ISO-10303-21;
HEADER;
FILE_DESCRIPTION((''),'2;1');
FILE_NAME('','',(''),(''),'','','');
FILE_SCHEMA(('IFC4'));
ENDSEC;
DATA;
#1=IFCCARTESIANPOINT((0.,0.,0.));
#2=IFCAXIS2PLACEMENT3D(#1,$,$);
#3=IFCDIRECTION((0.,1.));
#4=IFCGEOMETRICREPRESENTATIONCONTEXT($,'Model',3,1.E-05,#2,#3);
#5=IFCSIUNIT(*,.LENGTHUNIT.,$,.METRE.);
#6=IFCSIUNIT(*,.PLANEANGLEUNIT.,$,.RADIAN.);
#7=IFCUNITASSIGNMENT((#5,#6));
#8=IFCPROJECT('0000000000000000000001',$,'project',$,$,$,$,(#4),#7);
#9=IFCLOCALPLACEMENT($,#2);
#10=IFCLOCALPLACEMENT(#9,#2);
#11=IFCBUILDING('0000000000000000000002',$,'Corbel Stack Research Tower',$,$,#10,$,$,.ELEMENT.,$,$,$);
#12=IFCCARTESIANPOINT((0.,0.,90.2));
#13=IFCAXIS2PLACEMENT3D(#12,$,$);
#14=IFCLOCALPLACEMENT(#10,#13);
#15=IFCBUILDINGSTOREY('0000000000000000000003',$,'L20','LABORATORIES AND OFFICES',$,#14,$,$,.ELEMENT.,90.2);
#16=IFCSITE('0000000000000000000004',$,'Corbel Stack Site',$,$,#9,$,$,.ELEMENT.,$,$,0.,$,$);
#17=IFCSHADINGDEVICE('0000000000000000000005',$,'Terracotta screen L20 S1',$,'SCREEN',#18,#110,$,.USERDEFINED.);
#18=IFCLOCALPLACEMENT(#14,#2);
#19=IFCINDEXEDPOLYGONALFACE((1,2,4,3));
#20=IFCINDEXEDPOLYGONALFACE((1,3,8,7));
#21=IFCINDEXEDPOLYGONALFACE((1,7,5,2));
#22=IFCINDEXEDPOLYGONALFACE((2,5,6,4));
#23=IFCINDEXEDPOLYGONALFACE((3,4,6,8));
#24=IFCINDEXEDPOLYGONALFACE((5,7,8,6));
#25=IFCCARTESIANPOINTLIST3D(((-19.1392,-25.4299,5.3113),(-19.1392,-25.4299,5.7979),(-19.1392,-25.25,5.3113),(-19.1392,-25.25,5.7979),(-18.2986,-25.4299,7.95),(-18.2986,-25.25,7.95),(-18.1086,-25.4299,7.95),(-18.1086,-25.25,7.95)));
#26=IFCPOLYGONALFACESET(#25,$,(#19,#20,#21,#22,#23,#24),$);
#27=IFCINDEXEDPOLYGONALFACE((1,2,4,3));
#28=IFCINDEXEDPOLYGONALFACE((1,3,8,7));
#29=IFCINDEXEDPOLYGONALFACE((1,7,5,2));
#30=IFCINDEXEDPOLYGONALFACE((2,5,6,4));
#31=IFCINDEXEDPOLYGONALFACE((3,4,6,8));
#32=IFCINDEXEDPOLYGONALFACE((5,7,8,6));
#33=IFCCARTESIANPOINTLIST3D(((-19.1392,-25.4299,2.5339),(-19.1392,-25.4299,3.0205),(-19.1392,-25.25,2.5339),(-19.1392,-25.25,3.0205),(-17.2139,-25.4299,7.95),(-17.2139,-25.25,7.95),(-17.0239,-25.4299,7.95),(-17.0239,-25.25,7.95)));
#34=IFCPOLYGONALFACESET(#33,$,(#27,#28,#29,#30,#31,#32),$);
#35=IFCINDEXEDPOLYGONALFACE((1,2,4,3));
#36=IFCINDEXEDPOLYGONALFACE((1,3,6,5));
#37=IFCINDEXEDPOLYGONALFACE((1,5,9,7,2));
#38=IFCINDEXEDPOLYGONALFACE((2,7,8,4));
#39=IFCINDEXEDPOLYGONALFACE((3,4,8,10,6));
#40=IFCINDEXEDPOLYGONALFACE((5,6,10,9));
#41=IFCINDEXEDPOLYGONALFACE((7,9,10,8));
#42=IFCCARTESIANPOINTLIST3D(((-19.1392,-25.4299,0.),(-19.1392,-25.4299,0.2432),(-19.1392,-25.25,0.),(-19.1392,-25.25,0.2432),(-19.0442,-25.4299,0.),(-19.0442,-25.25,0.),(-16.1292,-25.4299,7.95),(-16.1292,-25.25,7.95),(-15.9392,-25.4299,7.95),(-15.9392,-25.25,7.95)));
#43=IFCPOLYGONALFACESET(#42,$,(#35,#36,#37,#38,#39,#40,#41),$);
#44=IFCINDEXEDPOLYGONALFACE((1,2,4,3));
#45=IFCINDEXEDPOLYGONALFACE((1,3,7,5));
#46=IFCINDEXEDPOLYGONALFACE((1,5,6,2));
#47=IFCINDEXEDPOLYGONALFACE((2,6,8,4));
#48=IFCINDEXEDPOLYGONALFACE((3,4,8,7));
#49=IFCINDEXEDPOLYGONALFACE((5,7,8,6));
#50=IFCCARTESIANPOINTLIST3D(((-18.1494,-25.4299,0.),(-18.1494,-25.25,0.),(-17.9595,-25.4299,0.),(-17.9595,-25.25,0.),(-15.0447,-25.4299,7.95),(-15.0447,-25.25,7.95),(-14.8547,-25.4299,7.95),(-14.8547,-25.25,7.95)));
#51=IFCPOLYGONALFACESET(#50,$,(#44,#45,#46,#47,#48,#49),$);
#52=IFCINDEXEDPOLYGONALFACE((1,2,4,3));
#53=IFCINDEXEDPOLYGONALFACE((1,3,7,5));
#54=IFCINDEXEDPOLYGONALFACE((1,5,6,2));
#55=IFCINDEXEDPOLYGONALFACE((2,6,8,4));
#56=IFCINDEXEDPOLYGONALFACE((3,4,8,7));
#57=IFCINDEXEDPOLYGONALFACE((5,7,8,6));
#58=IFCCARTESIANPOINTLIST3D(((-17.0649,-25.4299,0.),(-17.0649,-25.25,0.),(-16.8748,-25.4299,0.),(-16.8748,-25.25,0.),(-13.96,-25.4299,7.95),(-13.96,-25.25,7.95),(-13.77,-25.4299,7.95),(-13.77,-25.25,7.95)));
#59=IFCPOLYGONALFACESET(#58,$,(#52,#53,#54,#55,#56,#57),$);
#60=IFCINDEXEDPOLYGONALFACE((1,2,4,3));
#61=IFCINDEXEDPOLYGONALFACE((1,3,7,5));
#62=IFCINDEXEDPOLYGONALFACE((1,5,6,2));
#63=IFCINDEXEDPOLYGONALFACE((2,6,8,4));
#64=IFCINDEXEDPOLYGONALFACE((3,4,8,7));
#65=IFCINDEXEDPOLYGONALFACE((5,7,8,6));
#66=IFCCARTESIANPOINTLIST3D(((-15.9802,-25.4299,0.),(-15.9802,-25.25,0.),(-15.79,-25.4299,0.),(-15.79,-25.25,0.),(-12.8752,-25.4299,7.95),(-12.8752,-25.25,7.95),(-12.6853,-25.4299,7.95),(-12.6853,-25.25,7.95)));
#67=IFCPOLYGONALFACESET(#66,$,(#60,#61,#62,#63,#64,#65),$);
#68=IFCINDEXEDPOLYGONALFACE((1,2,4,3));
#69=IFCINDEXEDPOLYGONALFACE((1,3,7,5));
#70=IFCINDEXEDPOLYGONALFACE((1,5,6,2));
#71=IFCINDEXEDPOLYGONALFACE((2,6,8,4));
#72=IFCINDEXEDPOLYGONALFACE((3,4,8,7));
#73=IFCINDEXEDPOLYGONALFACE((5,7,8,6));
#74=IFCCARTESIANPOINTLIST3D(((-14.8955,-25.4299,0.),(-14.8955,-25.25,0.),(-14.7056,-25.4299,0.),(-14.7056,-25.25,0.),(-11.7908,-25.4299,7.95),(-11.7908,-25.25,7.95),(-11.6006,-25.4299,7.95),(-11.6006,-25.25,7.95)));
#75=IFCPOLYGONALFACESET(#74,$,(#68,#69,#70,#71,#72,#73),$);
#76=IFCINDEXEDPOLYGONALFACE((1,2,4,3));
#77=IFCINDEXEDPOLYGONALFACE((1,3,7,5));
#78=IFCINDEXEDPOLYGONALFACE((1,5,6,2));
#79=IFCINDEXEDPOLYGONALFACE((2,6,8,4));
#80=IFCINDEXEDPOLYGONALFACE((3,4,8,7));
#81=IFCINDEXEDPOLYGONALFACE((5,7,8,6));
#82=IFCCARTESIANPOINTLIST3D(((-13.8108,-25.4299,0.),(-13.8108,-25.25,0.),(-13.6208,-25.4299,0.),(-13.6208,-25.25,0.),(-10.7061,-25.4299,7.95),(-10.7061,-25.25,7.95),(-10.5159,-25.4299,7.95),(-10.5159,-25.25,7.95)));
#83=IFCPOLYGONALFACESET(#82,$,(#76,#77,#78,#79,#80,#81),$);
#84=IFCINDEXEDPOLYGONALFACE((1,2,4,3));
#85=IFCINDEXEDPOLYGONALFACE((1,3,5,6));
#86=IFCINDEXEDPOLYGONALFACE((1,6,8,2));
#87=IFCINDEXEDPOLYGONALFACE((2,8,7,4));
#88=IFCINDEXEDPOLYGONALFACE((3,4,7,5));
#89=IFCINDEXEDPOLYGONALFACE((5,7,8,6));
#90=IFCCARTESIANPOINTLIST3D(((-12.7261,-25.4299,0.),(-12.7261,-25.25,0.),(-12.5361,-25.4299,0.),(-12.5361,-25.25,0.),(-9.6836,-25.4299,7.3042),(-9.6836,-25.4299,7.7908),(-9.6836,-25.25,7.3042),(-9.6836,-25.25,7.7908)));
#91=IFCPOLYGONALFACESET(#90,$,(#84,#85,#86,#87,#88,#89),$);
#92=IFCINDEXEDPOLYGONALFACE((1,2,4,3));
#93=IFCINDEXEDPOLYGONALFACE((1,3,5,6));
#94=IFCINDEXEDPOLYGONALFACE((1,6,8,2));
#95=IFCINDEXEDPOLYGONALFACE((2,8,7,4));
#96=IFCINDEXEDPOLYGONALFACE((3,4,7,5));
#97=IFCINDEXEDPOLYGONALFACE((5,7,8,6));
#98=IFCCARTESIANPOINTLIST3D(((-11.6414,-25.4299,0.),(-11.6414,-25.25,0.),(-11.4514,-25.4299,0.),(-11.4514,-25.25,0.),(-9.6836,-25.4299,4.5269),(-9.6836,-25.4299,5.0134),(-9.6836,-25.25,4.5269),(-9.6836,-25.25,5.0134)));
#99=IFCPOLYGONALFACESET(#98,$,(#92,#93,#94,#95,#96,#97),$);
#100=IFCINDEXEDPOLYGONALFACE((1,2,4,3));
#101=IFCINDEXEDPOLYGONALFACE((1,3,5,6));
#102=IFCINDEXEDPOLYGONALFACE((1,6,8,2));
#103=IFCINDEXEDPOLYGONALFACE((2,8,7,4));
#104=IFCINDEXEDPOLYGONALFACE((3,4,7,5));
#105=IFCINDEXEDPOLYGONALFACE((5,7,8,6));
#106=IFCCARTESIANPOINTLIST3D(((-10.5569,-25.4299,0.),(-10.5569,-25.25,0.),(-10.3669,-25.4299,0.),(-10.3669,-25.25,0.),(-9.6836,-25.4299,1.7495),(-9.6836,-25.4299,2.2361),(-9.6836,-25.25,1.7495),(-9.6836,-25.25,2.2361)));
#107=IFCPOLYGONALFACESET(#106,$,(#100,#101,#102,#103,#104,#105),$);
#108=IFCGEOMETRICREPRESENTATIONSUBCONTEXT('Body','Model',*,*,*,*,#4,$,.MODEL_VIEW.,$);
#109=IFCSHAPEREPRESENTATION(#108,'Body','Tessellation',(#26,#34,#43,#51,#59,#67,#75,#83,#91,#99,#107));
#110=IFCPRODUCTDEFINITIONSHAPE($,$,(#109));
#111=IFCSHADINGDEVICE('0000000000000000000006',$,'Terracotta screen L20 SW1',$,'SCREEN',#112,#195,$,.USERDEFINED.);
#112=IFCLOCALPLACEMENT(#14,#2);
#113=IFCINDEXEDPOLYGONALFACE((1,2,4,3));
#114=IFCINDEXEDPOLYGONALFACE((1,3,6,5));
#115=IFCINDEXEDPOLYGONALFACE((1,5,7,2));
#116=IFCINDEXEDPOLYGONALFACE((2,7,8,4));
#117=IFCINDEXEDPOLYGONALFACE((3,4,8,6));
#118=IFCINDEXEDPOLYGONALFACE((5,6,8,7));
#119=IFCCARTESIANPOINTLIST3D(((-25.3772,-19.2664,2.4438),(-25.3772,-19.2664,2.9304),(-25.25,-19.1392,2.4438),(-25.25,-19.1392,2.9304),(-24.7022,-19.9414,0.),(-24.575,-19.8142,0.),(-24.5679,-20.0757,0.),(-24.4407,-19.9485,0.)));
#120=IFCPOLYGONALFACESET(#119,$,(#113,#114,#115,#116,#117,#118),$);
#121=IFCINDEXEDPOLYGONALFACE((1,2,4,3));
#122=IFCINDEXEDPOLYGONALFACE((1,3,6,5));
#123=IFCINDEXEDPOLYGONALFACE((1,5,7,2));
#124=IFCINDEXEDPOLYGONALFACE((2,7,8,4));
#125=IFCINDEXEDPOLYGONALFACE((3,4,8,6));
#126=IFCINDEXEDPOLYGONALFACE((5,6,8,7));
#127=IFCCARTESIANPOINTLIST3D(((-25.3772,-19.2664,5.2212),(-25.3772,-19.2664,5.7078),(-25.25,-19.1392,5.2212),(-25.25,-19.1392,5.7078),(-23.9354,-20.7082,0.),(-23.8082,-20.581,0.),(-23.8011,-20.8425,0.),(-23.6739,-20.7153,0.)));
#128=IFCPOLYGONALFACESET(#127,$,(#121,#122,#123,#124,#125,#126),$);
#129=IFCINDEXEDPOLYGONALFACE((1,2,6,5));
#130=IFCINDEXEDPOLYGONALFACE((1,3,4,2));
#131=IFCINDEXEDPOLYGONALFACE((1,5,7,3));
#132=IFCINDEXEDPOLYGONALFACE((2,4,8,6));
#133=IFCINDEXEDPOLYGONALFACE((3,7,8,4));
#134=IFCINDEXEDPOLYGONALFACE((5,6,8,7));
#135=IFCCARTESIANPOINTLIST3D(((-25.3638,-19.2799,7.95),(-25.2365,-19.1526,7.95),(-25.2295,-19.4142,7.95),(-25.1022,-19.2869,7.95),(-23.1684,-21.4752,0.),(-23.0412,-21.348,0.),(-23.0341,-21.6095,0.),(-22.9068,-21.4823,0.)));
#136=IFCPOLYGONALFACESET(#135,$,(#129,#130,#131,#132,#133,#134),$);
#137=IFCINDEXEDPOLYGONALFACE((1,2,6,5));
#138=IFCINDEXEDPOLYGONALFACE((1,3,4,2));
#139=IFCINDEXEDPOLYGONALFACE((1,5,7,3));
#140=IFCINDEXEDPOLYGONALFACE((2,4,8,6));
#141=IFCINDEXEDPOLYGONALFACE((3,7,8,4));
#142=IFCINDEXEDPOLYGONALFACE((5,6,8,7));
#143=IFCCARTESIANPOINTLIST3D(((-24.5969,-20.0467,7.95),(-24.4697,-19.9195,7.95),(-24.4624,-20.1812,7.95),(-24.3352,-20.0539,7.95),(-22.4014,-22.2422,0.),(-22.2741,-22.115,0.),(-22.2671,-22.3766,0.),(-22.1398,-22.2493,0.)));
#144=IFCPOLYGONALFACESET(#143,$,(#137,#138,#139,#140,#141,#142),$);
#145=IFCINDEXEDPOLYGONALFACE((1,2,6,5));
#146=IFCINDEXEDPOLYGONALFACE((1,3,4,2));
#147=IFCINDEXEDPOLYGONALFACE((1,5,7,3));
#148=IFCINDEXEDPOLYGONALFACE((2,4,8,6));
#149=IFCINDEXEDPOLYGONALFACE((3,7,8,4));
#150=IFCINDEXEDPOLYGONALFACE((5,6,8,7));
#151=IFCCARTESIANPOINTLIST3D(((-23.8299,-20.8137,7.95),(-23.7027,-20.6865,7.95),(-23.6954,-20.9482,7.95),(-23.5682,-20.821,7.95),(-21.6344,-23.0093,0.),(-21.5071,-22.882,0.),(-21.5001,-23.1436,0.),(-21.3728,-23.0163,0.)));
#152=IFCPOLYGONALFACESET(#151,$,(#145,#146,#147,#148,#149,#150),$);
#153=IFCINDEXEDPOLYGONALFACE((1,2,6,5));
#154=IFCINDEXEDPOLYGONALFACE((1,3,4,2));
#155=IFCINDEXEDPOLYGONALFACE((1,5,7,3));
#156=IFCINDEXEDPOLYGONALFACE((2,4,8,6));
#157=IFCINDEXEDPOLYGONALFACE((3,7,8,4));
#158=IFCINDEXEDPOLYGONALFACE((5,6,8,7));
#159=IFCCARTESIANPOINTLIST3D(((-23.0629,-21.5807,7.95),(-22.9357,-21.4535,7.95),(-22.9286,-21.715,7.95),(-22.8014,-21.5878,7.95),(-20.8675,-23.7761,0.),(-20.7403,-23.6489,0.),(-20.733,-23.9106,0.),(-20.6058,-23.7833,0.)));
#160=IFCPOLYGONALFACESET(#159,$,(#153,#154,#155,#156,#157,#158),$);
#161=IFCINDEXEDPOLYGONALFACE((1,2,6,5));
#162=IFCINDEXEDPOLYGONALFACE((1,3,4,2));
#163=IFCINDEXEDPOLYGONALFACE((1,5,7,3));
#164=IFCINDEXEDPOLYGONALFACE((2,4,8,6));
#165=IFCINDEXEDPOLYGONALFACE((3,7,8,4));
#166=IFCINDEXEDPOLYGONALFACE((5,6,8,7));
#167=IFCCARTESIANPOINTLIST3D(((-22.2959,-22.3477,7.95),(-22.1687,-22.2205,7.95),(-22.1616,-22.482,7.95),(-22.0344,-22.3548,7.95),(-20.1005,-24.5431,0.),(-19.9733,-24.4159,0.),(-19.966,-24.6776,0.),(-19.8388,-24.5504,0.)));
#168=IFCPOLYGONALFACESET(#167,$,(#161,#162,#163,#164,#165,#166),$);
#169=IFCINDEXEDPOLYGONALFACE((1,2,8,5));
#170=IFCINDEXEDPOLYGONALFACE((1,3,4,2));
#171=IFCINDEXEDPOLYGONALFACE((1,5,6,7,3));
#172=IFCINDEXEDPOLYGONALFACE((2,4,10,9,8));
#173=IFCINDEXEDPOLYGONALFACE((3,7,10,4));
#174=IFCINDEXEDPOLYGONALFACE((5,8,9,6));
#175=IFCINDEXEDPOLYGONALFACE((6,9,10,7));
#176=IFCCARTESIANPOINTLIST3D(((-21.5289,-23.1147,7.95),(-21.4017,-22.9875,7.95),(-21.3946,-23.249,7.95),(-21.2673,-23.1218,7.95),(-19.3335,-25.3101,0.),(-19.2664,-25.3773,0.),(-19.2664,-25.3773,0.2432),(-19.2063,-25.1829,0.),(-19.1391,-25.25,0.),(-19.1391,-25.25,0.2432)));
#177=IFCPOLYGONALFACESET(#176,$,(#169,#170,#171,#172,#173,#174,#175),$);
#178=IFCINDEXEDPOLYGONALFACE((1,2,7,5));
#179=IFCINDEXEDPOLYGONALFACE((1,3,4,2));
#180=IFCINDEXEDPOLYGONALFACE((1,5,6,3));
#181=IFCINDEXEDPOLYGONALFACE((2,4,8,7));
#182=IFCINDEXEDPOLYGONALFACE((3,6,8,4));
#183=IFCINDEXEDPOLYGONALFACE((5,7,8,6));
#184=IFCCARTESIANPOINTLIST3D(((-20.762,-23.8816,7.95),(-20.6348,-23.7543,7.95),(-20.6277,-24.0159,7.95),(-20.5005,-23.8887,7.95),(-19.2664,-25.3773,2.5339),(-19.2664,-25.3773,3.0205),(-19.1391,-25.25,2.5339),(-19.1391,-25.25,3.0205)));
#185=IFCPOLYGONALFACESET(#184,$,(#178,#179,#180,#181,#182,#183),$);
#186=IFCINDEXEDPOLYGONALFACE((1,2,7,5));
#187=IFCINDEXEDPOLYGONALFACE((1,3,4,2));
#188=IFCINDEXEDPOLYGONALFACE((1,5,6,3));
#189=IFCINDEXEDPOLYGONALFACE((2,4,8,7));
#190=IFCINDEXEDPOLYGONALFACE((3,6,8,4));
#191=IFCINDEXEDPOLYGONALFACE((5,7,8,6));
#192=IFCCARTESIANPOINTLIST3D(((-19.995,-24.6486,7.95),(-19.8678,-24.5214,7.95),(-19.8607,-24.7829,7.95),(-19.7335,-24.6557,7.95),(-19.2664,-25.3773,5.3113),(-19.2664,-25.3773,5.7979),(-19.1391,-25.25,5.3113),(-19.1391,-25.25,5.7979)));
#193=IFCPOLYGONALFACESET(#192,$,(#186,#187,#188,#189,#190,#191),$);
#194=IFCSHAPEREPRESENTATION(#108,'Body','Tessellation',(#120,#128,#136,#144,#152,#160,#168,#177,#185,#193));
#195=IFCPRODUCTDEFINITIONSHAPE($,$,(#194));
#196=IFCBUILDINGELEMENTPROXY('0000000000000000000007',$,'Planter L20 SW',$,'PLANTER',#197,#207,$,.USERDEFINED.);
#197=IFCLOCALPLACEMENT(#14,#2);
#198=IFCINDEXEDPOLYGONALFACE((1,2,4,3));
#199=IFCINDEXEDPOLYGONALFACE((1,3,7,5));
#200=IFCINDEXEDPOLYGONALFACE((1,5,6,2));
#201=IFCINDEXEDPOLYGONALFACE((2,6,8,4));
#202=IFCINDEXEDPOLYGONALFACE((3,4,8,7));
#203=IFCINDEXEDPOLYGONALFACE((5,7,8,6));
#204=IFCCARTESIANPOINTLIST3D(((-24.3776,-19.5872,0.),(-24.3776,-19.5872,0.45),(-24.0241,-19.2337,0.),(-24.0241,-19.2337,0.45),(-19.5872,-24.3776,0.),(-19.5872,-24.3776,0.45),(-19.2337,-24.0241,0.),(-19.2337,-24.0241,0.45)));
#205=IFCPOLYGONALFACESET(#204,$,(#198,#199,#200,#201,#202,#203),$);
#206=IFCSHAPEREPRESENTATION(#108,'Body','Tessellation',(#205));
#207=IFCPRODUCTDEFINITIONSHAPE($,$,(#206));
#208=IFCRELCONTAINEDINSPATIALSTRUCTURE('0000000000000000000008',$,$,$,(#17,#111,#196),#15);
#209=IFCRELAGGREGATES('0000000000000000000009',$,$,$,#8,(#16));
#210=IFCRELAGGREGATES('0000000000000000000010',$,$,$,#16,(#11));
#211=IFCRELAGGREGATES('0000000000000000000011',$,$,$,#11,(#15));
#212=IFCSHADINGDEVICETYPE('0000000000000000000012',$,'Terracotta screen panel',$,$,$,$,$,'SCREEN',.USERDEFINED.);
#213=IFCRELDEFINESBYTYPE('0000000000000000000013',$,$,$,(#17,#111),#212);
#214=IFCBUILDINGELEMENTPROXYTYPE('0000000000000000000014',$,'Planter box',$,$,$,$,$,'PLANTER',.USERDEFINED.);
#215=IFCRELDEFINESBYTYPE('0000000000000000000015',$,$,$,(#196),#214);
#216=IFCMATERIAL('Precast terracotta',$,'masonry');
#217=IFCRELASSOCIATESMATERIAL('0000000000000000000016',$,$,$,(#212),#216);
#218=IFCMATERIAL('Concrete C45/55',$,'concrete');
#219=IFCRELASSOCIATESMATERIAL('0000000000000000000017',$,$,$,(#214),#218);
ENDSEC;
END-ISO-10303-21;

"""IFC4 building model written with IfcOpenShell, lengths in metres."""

from ifc_helpers import new_model, si_unit, direction, frame, origin, origin_2d, place, context, subcontext, project, spatial, polyline, rectangle, outline, extrude, source, transform, mapped, material, type_object, element, save


model = new_model("IFC4")

# Units and contexts
model_context = context("Model", 3, precision=1e-05, world=origin(), true_north=direction((0.0, 1.0)))
body_context = subcontext(model_context, "Body", "Model", "MODEL_VIEW")
ifc_project = project(units=[si_unit("LENGTHUNIT", "METRE"), si_unit("PLANEANGLEUNIT", "RADIAN")], contexts=[model_context])

# Site, building, storey
site_placement = place(None, origin())
site = spatial("IfcSite", under=ifc_project, at=site_placement, Name="Corbel Stack Site", CompositionType="ELEMENT", RefElevation=0.0)
building_placement = place(site_placement, origin())
building = spatial("IfcBuilding", under=site, at=building_placement, Name="Corbel Stack Research Tower", CompositionType="ELEMENT")
storey_placement = place(building_placement, frame((0.0, 0.0, 90.2)))
storey = spatial("IfcBuildingStorey", under=building, at=storey_placement, Name="L20", Description="LABORATORIES AND OFFICES", CompositionType="ELEMENT", Elevation=90.2)

# Shading devices
ifc_material_1 = material(Name="Precast terracotta", Category="masonry")
shading_device_type = type_object("IfcShadingDeviceType", Name="Terracotta screen panel", ElementType="SCREEN", PredefinedType="USERDEFINED", material=ifc_material_1)
shared_shape_1 = source(origin(), body_context, "Body", "SweptSolid", [
    extrude(outline(polyline([(1.0305, 7.95), (0.8406, 7.95), (0.0, 5.7979), (0.0, 5.3113), (1.0305, 7.95)])), frame((0.0, 0.0, 0.0), z_axis=(0.0, -1.0, 0.0), x_axis=(1.0, 0.0, 0.0)), (0.0, 0.0, 1.0), 0.1799),
    extrude(outline(polyline([(2.1152, 7.95), (1.9253, 7.95), (0.0, 3.0205), (0.0, 2.5339), (2.1152, 7.95)])), frame((0.0, 0.0, 0.0), z_axis=(0.0, -1.0, 0.0), x_axis=(1.0, 0.0, 0.0)), (0.0, 0.0, 1.0), 0.1799),
    extrude(outline(polyline([(0.095, 0.0), (3.2, 7.95), (3.01, 7.95), (0.0, 0.2432), (0.0, 0.0), (0.095, 0.0)])), frame((0.0, 0.0, 0.0), z_axis=(0.0, -1.0, 0.0), x_axis=(1.0, 0.0, 0.0)), (0.0, 0.0, 1.0), 0.1799),
    extrude(outline(polyline([(1.1797, 0.0), (4.2844, 7.95), (4.0945, 7.95), (0.9897, 0.0), (1.1797, 0.0)])), frame((0.0, 0.0, 0.0), z_axis=(0.0, -1.0, 0.0), x_axis=(1.0, 0.0, 0.0)), (0.0, 0.0, 1.0), 0.1799),
    extrude(outline(polyline([(2.2644, 0.0), (5.3691, 7.95), (5.1792, 7.95), (2.0742, 0.0), (2.2644, 0.0)])), frame((0.0, 0.0, 0.0), z_axis=(0.0, -1.0, 0.0), x_axis=(1.0, 0.0, 0.0)), (0.0, 0.0, 1.0), 0.1799),
    extrude(outline(polyline([(3.3491, 0.0), (6.4539, 7.95), (6.2639, 7.95), (3.1589, 0.0), (3.3491, 0.0)])), frame((0.0, 0.0, 0.0), z_axis=(0.0, -1.0, 0.0), x_axis=(1.0, 0.0, 0.0)), (0.0, 0.0, 1.0), 0.1799),
    extrude(outline(polyline([(4.4336, 0.0), (7.5386, 7.95), (7.3484, 7.95), (4.2437, 0.0), (4.4336, 0.0)])), frame((0.0, 0.0, 0.0), z_axis=(0.0, -1.0, 0.0), x_axis=(1.0, 0.0, 0.0)), (0.0, 0.0, 1.0), 0.1799),
    extrude(outline(polyline([(5.5183, 0.0), (8.6233, 7.95), (8.4331, 7.95), (5.3284, 0.0), (5.5183, 0.0)])), frame((0.0, 0.0, 0.0), z_axis=(0.0, -1.0, 0.0), x_axis=(1.0, 0.0, 0.0)), (0.0, 0.0, 1.0), 0.1799),
    extrude(outline(polyline([(6.603, 0.0), (9.4556, 7.3042), (9.4556, 7.7908), (6.4131, 0.0), (6.603, 0.0)])), frame((0.0, 0.0, 0.0), z_axis=(0.0, -1.0, 0.0), x_axis=(1.0, 0.0, 0.0)), (0.0, 0.0, 1.0), 0.1799),
    extrude(outline(polyline([(7.6877, 0.0), (9.4556, 4.5269), (9.4556, 5.0134), (7.4978, 0.0), (7.6877, 0.0)])), frame((0.0, 0.0, 0.0), z_axis=(0.0, -1.0, 0.0), x_axis=(1.0, 0.0, 0.0)), (0.0, 0.0, 1.0), 0.1799),
    extrude(outline(polyline([(8.7722, 0.0), (9.4556, 1.7495), (9.4556, 2.2361), (8.5823, 0.0), (8.7722, 0.0)])), frame((0.0, 0.0, 0.0), z_axis=(0.0, -1.0, 0.0), x_axis=(1.0, 0.0, 0.0)), (0.0, 0.0, 1.0), 0.1799),
])
shading_device_1_placement = place(storey_placement, frame((-19.1392, -25.25, 0.0), z_axis=(0.0, 0.0, 1.0), x_axis=(1.0, 0.0, 0.0)))
element("IfcShadingDevice", 1, at=shading_device_1_placement, inside=storey, type_object=shading_device_type, Name="Terracotta screen L20 S1", ObjectType="SCREEN", PredefinedType="USERDEFINED", context=body_context, shape_type="MappedRepresentation", body=[
    mapped(shared_shape_1, transform((0.0, 0.0, 0.0))),
])
shared_shape_2 = source(origin(), body_context, "Body", "SweptSolid", [
    extrude(outline(polyline([(1.1445, 0.0), (0.0, 2.9304), (0.0, 2.4438), (0.9546, 0.0), (1.1445, 0.0)])), frame((0.0, 0.0, 0.0), z_axis=(0.0, -1.0, 0.0), x_axis=(1.0, 0.0, 0.0)), (0.0, 0.0, 1.0), 0.1799),
    extrude(outline(polyline([(2.229, 0.0), (0.0, 5.7078), (0.0, 5.2212), (2.0391, 0.0), (2.229, 0.0)])), frame((0.0, 0.0, 0.0), z_axis=(0.0, -1.0, 0.0), x_axis=(1.0, 0.0, 0.0)), (0.0, 0.0, 1.0), 0.1799),
    extrude(outline(polyline([(3.3137, 0.0), (0.209, 7.95), (0.019, 7.95), (3.1238, 0.0), (3.3137, 0.0)])), frame((0.0, 0.0, 0.0), z_axis=(0.0, -1.0, 0.0), x_axis=(1.0, 0.0, 0.0)), (0.0, 0.0, 1.0), 0.1799),
    extrude(outline(polyline([(4.3984, 0.0), (1.2937, 7.95), (1.1035, 7.95), (4.2085, 0.0), (4.3984, 0.0)])), frame((0.0, 0.0, 0.0), z_axis=(0.0, -1.0, 0.0), x_axis=(1.0, 0.0, 0.0)), (0.0, 0.0, 1.0), 0.1799),
    extrude(outline(polyline([(5.4832, 0.0), (2.3784, 7.95), (2.1882, 7.95), (5.2932, 0.0), (5.4832, 0.0)])), frame((0.0, 0.0, 0.0), z_axis=(0.0, -1.0, 0.0), x_axis=(1.0, 0.0, 0.0)), (0.0, 0.0, 1.0), 0.1799),
    extrude(outline(polyline([(6.5679, 0.0), (3.4629, 7.95), (3.2729, 7.95), (6.3777, 0.0), (6.5679, 0.0)])), frame((0.0, 0.0, 0.0), z_axis=(0.0, -1.0, 0.0), x_axis=(1.0, 0.0, 0.0)), (0.0, 0.0, 1.0), 0.1799),
    extrude(outline(polyline([(7.6526, 0.0), (4.5476, 7.95), (4.3577, 7.95), (7.4624, 0.0), (7.6526, 0.0)])), frame((0.0, 0.0, 0.0), z_axis=(0.0, -1.0, 0.0), x_axis=(1.0, 0.0, 0.0)), (0.0, 0.0, 1.0), 0.1799),
    extrude(outline(polyline([(8.6421, 0.0), (8.6421, 0.2432), (5.6323, 7.95), (5.4424, 7.95), (8.5471, 0.0), (8.6421, 0.0)])), frame((0.0, 0.0, 0.0), z_axis=(0.0, -1.0, 0.0), x_axis=(1.0, 0.0, 0.0)), (0.0, 0.0, 1.0), 0.1799),
    extrude(outline(polyline([(6.7168, 7.95), (6.5269, 7.95), (8.6421, 2.5339), (8.6421, 3.0205), (6.7168, 7.95)])), frame((0.0, 0.0, 0.0), z_axis=(0.0, -1.0, 0.0), x_axis=(1.0, 0.0, 0.0)), (0.0, 0.0, 1.0), 0.1799),
    extrude(outline(polyline([(7.8015, 7.95), (7.6116, 7.95), (8.6421, 5.3113), (8.6421, 5.7979), (7.8015, 7.95)])), frame((0.0, 0.0, 0.0), z_axis=(0.0, -1.0, 0.0), x_axis=(1.0, 0.0, 0.0)), (0.0, 0.0, 1.0), 0.1799),
])
shading_device_2_placement = place(storey_placement, frame((-25.25, -19.1392, 0.0), z_axis=(0.0, 0.0, 1.0), x_axis=(0.707107, -0.707107, 0.0)))
element("IfcShadingDevice", 2, at=shading_device_2_placement, inside=storey, type_object=shading_device_type, Name="Terracotta screen L20 SW1", ObjectType="SCREEN", PredefinedType="USERDEFINED", context=body_context, shape_type="MappedRepresentation", body=[
    mapped(shared_shape_2, transform((0.0, 0.0, 0.0))),
])

# Building element proxy
ifc_material_2 = material(Name="Concrete C45/55", Category="concrete")
building_element_proxy_type = type_object("IfcBuildingElementProxyType", Name="Planter box", ElementType="PLANTER", PredefinedType="USERDEFINED", material=ifc_material_2)
proxy_placement = place(storey_placement, frame((-21.8057, -21.8057, 0.0), z_axis=(0.0, 0.0, 1.0), x_axis=(0.707107, -0.707107, 0.0)))
element("IfcBuildingElementProxy", 3, at=proxy_placement, inside=storey, type_object=building_element_proxy_type, Name="Planter L20 SW", ObjectType="PLANTER", PredefinedType="USERDEFINED", context=body_context, shape_type="SweptSolid", body=[
    extrude(rectangle(XDim=6.7747, YDim=0.5, at=origin_2d()), origin(), (0.0, 0.0, 1.0), 0.45),
])

save(model, "model.ifc")
